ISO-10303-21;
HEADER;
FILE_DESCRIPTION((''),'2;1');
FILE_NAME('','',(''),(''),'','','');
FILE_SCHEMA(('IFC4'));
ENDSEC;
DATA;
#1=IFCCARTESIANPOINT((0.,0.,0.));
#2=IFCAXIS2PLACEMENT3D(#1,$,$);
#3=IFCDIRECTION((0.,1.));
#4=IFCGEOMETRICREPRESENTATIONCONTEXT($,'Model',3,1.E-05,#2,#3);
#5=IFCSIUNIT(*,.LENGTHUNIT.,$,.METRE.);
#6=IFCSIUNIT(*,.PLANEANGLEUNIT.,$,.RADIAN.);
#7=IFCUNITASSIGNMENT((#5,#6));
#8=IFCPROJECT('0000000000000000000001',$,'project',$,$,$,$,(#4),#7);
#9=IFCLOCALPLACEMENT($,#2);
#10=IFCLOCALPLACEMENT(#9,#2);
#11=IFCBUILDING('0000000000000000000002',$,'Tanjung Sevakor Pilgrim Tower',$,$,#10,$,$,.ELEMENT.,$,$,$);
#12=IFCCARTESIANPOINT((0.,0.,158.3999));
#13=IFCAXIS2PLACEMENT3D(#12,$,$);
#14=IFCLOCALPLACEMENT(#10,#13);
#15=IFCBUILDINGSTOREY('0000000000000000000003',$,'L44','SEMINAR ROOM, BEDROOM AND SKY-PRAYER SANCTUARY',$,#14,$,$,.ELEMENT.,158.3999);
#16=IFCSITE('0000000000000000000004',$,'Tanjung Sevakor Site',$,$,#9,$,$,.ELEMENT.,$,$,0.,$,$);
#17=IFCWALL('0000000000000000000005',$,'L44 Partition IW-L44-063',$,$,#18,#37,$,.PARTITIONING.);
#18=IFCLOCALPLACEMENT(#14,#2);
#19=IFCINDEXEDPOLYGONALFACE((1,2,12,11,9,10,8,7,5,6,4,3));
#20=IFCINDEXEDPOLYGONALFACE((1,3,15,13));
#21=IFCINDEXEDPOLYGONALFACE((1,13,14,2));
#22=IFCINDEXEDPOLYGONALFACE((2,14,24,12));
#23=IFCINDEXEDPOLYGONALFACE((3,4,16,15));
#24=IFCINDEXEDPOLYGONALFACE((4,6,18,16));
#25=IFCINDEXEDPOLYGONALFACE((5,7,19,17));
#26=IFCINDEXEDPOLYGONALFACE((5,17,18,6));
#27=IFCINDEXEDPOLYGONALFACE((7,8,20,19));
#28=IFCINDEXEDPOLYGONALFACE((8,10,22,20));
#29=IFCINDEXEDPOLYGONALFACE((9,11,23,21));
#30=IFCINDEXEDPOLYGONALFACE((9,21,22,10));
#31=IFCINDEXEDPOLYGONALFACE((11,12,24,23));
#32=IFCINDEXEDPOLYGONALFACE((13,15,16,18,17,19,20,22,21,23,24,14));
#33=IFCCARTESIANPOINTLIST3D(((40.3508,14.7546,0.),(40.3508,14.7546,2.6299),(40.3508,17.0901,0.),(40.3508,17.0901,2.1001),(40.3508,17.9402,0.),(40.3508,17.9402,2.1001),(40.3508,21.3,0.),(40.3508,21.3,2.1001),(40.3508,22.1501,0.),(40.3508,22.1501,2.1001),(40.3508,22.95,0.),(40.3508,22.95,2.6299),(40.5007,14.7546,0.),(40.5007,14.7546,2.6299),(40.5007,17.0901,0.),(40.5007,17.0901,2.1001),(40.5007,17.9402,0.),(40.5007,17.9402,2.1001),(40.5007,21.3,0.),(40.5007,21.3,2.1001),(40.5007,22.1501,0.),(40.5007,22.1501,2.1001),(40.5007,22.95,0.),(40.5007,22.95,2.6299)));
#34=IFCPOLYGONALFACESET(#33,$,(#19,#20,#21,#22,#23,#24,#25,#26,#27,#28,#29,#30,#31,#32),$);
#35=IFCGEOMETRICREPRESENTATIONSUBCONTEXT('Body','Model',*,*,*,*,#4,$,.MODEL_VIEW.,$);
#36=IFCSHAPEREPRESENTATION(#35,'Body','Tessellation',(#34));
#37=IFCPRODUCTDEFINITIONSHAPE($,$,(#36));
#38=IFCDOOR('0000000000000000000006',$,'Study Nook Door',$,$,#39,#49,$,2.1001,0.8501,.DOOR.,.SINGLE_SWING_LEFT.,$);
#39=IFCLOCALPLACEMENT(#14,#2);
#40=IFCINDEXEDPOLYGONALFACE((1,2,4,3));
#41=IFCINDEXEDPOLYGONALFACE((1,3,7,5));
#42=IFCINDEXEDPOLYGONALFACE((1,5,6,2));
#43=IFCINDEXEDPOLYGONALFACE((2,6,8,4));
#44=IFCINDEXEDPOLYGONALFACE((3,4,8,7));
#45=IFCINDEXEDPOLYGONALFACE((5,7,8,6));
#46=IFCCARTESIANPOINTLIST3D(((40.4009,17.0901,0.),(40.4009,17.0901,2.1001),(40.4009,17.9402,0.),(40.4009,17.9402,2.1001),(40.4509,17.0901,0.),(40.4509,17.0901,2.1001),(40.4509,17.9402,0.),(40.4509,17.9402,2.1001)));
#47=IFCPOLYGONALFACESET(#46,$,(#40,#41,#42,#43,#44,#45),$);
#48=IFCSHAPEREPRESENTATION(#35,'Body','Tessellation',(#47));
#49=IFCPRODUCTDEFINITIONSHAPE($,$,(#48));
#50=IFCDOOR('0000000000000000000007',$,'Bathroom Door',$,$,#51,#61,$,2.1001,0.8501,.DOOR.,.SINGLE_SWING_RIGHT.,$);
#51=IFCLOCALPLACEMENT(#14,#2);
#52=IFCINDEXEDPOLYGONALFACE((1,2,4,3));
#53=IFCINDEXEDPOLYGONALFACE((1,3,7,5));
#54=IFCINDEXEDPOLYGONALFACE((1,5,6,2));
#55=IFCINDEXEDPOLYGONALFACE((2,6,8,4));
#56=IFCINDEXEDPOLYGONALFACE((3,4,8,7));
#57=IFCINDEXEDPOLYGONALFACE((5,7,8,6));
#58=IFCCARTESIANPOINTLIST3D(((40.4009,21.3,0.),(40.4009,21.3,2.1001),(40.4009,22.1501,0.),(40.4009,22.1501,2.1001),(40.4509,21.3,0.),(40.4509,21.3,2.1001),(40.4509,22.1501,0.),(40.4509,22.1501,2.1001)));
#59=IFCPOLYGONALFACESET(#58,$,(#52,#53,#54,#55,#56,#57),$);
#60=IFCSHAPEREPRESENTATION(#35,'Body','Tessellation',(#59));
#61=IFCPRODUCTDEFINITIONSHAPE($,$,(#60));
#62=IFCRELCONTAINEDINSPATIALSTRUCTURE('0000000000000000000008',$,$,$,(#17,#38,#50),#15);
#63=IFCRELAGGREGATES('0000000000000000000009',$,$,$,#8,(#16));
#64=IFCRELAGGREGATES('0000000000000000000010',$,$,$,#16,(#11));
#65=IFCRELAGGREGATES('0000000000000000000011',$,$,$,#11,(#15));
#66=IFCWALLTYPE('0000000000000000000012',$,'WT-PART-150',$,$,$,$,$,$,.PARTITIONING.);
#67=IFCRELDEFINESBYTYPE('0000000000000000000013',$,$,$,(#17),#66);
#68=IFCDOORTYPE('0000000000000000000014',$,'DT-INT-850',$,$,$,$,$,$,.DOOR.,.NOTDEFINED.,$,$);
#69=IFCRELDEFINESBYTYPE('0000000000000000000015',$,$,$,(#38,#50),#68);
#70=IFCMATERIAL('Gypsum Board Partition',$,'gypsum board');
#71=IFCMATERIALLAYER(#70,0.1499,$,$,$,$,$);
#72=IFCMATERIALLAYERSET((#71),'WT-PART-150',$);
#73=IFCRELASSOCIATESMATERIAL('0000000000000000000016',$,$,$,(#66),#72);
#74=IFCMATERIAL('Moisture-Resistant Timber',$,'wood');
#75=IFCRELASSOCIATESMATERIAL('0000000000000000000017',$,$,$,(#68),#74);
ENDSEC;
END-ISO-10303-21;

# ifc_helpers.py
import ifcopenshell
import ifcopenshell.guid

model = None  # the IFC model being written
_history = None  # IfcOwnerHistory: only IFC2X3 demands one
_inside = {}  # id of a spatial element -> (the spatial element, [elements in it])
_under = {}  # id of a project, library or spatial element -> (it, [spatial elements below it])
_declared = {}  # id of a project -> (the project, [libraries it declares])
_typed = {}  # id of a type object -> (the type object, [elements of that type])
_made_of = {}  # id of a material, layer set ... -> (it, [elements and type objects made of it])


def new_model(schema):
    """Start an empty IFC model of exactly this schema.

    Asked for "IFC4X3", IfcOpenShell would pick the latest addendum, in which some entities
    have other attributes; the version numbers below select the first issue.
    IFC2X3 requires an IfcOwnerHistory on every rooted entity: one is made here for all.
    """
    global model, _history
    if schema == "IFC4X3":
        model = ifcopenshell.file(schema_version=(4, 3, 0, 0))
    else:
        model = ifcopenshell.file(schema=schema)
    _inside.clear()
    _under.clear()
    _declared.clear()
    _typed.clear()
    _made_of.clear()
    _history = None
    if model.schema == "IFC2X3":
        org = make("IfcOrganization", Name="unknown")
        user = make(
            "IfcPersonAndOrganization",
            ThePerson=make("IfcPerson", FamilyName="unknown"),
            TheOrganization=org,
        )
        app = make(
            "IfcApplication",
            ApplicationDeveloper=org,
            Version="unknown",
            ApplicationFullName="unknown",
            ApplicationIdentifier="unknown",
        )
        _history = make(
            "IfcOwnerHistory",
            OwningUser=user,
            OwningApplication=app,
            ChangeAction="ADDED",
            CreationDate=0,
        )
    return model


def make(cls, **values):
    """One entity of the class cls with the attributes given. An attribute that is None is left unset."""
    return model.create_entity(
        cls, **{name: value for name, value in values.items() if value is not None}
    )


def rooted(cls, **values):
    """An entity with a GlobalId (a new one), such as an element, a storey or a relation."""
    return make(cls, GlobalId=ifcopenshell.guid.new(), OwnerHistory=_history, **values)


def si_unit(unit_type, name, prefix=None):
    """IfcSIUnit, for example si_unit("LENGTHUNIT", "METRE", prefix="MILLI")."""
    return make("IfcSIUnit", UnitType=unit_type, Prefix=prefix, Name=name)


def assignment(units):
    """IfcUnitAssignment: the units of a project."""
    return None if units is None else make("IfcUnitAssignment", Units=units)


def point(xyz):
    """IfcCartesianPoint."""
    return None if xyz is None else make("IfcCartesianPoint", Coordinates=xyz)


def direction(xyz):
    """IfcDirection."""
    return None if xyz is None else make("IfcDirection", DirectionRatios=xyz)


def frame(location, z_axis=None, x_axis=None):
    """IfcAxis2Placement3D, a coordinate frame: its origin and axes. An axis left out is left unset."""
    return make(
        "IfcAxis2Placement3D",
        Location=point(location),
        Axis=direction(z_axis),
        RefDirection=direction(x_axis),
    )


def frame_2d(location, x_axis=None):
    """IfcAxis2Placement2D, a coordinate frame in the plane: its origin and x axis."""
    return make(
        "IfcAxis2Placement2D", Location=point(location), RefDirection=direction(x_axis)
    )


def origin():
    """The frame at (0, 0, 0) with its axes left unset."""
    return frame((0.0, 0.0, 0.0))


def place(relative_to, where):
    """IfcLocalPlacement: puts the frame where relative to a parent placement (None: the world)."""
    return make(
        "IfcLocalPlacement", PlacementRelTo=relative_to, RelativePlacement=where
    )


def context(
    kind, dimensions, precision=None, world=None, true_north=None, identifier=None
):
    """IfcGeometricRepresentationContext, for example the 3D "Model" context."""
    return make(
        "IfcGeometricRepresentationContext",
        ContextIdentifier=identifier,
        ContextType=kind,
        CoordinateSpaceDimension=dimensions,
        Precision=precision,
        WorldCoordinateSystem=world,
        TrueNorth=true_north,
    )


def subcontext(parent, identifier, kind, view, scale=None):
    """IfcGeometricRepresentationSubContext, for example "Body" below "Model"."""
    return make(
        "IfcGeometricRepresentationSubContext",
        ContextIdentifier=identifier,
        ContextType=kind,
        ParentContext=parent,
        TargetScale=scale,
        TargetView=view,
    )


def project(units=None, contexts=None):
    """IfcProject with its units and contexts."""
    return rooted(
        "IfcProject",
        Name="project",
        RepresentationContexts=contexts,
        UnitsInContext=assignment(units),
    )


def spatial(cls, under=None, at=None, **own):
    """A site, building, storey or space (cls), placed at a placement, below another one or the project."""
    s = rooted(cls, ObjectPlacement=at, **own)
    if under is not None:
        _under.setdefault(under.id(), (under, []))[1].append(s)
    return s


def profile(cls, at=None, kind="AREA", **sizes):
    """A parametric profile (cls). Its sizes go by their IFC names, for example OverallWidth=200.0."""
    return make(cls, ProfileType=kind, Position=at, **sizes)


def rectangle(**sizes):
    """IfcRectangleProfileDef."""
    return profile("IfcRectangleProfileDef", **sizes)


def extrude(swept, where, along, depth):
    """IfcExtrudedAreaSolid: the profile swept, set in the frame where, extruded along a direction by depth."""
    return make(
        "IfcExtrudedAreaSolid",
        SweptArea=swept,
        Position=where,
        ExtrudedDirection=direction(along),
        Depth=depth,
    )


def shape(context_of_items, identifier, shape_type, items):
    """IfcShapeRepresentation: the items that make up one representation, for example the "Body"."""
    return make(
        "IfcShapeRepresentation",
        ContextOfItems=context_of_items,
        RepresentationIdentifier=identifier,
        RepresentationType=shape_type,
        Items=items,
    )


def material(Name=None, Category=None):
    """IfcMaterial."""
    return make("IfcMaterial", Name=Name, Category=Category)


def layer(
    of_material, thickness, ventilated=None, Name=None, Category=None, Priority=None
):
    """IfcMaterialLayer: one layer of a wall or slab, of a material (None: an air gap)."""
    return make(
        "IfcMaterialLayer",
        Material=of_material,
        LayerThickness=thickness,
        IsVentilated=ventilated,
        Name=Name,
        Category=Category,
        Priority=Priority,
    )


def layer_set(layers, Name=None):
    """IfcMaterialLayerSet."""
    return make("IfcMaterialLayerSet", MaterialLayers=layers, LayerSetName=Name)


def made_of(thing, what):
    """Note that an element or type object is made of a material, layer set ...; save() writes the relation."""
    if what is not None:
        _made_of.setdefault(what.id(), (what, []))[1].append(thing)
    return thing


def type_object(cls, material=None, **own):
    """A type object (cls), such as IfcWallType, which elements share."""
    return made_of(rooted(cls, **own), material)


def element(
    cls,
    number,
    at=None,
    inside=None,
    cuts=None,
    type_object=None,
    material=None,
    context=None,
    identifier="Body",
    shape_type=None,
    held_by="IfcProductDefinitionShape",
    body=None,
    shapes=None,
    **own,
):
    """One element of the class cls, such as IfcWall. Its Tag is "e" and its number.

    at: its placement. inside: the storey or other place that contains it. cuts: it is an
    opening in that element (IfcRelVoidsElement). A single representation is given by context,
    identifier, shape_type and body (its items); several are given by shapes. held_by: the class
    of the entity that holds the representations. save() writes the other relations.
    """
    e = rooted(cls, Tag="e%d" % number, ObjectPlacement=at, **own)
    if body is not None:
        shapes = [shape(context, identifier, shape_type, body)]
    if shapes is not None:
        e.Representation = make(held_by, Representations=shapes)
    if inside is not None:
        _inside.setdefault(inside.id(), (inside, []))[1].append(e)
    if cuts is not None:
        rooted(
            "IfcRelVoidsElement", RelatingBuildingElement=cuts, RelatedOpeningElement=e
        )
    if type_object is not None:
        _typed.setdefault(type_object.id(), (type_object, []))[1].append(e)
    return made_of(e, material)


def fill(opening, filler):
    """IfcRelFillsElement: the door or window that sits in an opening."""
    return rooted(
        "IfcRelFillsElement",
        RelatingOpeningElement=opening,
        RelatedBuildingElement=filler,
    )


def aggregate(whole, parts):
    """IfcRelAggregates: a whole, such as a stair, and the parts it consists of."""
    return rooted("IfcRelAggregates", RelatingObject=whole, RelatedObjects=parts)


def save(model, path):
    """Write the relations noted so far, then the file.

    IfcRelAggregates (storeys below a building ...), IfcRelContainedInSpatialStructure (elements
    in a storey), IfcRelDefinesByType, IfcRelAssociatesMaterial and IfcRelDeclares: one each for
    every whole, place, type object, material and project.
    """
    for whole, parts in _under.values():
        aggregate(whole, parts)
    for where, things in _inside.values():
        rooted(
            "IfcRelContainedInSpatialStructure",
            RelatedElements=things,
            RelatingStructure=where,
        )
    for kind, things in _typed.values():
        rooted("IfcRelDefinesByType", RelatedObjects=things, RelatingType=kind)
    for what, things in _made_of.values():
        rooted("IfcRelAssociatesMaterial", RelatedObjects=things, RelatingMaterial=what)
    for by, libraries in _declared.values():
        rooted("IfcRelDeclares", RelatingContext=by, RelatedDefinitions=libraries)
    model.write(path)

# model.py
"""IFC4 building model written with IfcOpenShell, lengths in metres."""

from ifc_helpers import new_model, si_unit, direction, frame, frame_2d, origin, place, context, subcontext, project, spatial, rectangle, extrude, material, layer, layer_set, type_object, element, fill, save


model = new_model("IFC4")

# Units and contexts
model_context = context("Model", 3, precision=1e-05, world=origin(), true_north=direction((0.0, 1.0)))
body_context = subcontext(model_context, "Body", "Model", "MODEL_VIEW")
ifc_project = project(units=[si_unit("LENGTHUNIT", "METRE"), si_unit("PLANEANGLEUNIT", "RADIAN")], contexts=[model_context])

# Site, building, storey
site_placement = place(None, origin())
site = spatial("IfcSite", under=ifc_project, at=site_placement, Name="Tanjung Sevakor Site", CompositionType="ELEMENT", RefElevation=0.0)
building_placement = place(site_placement, origin())
building = spatial("IfcBuilding", under=site, at=building_placement, Name="Tanjung Sevakor Pilgrim Tower", CompositionType="ELEMENT")
storey_placement = place(building_placement, frame((0.0, 0.0, 158.3999)))
storey = spatial("IfcBuildingStorey", under=building, at=storey_placement, Name="L44", Description="SEMINAR ROOM, BEDROOM AND SKY-PRAYER SANCTUARY", CompositionType="ELEMENT", Elevation=158.3999)

# Shared definitions
ifc_material_1 = material(Name="Gypsum Board Partition", Category="gypsum board")
ifc_layer_1 = layer(ifc_material_1, 0.1499)
ifc_layer_set_1 = layer_set([ifc_layer_1], Name="WT-PART-150")
wall_type_1 = type_object("IfcWallType", Name="WT-PART-150", PredefinedType="PARTITIONING", material=ifc_layer_set_1)

# Shared definitions
ifc_material_2 = material(Name="Moisture-Resistant Timber", Category="wood")
door_type_1 = type_object("IfcDoorType", Name="DT-INT-850", OperationType="NOTDEFINED", PredefinedType="DOOR", material=ifc_material_2)

# Wall, openings, doors
wall_1_placement = place(storey_placement, frame((40.4258, 14.7546, 0.0), z_axis=(0.0, 0.0, 1.0), x_axis=(0.0, 1.0, 0.0)))
wall_1 = element("IfcWall", 1, at=wall_1_placement, inside=storey, type_object=wall_type_1, Name="L44 Partition IW-L44-063", PredefinedType="PARTITIONING", context=body_context, shape_type="SweptSolid", body=[
    extrude(rectangle(XDim=8.1953, YDim=0.1499, at=frame_2d((4.0977, 0.0))), origin(), (0.0, 0.0, 1.0), 2.6299),
])
opening_1_placement = place(wall_1_placement, frame((2.3354, 0.0, 0.0)))
opening_1 = element("IfcOpeningElement", 2, at=opening_1_placement, cuts=wall_1, PredefinedType="OPENING", context=body_context, shape_type="SweptSolid", body=[
    extrude(rectangle(XDim=0.8501, YDim=2.1001, at=frame_2d((0.425, 1.05))), frame((0.0, 0.085, 0.0), z_axis=(0.0, -1.0, 0.0), x_axis=(1.0, 0.0, 0.0)), (0.0, 0.0, 1.0), 0.1699),
])
opening_2_placement = place(wall_1_placement, frame((6.5454, 0.0, 0.0)))
opening_2 = element("IfcOpeningElement", 3, at=opening_2_placement, cuts=wall_1, PredefinedType="OPENING", context=body_context, shape_type="SweptSolid", body=[
    extrude(rectangle(XDim=0.8501, YDim=2.1001, at=frame_2d((0.425, 1.05))), frame((0.0, 0.085, 0.0), z_axis=(0.0, -1.0, 0.0), x_axis=(1.0, 0.0, 0.0)), (0.0, 0.0, 1.0), 0.1699),
])
door_1_placement = place(opening_1_placement, origin())
door_1 = element("IfcDoor", 4, at=door_1_placement, inside=storey, type_object=door_type_1, Name="Study Nook Door", OperationType="SINGLE_SWING_LEFT", OverallHeight=2.1001, OverallWidth=0.8501, PredefinedType="DOOR", context=body_context, shape_type="SweptSolid", body=[
    extrude(rectangle(XDim=0.8501, YDim=2.1001, at=frame_2d((0.425, 1.05))), frame((0.0, 0.0249, 0.0), z_axis=(0.0, -1.0, 0.0), x_axis=(1.0, 0.0, 0.0)), (0.0, 0.0, 1.0), 0.05),
])
fill(opening_1, door_1)
door_2_placement = place(opening_2_placement, origin())
door_2 = element("IfcDoor", 5, at=door_2_placement, inside=storey, type_object=door_type_1, Name="Bathroom Door", OperationType="SINGLE_SWING_RIGHT", OverallHeight=2.1001, OverallWidth=0.8501, PredefinedType="DOOR", context=body_context, shape_type="SweptSolid", body=[
    extrude(rectangle(XDim=0.8501, YDim=2.1001, at=frame_2d((0.425, 1.05))), frame((0.0, 0.0249, 0.0), z_axis=(0.0, -1.0, 0.0), x_axis=(1.0, 0.0, 0.0)), (0.0, 0.0, 1.0), 0.05),
])
fill(opening_2, door_2)

save(model, "model.ifc")
